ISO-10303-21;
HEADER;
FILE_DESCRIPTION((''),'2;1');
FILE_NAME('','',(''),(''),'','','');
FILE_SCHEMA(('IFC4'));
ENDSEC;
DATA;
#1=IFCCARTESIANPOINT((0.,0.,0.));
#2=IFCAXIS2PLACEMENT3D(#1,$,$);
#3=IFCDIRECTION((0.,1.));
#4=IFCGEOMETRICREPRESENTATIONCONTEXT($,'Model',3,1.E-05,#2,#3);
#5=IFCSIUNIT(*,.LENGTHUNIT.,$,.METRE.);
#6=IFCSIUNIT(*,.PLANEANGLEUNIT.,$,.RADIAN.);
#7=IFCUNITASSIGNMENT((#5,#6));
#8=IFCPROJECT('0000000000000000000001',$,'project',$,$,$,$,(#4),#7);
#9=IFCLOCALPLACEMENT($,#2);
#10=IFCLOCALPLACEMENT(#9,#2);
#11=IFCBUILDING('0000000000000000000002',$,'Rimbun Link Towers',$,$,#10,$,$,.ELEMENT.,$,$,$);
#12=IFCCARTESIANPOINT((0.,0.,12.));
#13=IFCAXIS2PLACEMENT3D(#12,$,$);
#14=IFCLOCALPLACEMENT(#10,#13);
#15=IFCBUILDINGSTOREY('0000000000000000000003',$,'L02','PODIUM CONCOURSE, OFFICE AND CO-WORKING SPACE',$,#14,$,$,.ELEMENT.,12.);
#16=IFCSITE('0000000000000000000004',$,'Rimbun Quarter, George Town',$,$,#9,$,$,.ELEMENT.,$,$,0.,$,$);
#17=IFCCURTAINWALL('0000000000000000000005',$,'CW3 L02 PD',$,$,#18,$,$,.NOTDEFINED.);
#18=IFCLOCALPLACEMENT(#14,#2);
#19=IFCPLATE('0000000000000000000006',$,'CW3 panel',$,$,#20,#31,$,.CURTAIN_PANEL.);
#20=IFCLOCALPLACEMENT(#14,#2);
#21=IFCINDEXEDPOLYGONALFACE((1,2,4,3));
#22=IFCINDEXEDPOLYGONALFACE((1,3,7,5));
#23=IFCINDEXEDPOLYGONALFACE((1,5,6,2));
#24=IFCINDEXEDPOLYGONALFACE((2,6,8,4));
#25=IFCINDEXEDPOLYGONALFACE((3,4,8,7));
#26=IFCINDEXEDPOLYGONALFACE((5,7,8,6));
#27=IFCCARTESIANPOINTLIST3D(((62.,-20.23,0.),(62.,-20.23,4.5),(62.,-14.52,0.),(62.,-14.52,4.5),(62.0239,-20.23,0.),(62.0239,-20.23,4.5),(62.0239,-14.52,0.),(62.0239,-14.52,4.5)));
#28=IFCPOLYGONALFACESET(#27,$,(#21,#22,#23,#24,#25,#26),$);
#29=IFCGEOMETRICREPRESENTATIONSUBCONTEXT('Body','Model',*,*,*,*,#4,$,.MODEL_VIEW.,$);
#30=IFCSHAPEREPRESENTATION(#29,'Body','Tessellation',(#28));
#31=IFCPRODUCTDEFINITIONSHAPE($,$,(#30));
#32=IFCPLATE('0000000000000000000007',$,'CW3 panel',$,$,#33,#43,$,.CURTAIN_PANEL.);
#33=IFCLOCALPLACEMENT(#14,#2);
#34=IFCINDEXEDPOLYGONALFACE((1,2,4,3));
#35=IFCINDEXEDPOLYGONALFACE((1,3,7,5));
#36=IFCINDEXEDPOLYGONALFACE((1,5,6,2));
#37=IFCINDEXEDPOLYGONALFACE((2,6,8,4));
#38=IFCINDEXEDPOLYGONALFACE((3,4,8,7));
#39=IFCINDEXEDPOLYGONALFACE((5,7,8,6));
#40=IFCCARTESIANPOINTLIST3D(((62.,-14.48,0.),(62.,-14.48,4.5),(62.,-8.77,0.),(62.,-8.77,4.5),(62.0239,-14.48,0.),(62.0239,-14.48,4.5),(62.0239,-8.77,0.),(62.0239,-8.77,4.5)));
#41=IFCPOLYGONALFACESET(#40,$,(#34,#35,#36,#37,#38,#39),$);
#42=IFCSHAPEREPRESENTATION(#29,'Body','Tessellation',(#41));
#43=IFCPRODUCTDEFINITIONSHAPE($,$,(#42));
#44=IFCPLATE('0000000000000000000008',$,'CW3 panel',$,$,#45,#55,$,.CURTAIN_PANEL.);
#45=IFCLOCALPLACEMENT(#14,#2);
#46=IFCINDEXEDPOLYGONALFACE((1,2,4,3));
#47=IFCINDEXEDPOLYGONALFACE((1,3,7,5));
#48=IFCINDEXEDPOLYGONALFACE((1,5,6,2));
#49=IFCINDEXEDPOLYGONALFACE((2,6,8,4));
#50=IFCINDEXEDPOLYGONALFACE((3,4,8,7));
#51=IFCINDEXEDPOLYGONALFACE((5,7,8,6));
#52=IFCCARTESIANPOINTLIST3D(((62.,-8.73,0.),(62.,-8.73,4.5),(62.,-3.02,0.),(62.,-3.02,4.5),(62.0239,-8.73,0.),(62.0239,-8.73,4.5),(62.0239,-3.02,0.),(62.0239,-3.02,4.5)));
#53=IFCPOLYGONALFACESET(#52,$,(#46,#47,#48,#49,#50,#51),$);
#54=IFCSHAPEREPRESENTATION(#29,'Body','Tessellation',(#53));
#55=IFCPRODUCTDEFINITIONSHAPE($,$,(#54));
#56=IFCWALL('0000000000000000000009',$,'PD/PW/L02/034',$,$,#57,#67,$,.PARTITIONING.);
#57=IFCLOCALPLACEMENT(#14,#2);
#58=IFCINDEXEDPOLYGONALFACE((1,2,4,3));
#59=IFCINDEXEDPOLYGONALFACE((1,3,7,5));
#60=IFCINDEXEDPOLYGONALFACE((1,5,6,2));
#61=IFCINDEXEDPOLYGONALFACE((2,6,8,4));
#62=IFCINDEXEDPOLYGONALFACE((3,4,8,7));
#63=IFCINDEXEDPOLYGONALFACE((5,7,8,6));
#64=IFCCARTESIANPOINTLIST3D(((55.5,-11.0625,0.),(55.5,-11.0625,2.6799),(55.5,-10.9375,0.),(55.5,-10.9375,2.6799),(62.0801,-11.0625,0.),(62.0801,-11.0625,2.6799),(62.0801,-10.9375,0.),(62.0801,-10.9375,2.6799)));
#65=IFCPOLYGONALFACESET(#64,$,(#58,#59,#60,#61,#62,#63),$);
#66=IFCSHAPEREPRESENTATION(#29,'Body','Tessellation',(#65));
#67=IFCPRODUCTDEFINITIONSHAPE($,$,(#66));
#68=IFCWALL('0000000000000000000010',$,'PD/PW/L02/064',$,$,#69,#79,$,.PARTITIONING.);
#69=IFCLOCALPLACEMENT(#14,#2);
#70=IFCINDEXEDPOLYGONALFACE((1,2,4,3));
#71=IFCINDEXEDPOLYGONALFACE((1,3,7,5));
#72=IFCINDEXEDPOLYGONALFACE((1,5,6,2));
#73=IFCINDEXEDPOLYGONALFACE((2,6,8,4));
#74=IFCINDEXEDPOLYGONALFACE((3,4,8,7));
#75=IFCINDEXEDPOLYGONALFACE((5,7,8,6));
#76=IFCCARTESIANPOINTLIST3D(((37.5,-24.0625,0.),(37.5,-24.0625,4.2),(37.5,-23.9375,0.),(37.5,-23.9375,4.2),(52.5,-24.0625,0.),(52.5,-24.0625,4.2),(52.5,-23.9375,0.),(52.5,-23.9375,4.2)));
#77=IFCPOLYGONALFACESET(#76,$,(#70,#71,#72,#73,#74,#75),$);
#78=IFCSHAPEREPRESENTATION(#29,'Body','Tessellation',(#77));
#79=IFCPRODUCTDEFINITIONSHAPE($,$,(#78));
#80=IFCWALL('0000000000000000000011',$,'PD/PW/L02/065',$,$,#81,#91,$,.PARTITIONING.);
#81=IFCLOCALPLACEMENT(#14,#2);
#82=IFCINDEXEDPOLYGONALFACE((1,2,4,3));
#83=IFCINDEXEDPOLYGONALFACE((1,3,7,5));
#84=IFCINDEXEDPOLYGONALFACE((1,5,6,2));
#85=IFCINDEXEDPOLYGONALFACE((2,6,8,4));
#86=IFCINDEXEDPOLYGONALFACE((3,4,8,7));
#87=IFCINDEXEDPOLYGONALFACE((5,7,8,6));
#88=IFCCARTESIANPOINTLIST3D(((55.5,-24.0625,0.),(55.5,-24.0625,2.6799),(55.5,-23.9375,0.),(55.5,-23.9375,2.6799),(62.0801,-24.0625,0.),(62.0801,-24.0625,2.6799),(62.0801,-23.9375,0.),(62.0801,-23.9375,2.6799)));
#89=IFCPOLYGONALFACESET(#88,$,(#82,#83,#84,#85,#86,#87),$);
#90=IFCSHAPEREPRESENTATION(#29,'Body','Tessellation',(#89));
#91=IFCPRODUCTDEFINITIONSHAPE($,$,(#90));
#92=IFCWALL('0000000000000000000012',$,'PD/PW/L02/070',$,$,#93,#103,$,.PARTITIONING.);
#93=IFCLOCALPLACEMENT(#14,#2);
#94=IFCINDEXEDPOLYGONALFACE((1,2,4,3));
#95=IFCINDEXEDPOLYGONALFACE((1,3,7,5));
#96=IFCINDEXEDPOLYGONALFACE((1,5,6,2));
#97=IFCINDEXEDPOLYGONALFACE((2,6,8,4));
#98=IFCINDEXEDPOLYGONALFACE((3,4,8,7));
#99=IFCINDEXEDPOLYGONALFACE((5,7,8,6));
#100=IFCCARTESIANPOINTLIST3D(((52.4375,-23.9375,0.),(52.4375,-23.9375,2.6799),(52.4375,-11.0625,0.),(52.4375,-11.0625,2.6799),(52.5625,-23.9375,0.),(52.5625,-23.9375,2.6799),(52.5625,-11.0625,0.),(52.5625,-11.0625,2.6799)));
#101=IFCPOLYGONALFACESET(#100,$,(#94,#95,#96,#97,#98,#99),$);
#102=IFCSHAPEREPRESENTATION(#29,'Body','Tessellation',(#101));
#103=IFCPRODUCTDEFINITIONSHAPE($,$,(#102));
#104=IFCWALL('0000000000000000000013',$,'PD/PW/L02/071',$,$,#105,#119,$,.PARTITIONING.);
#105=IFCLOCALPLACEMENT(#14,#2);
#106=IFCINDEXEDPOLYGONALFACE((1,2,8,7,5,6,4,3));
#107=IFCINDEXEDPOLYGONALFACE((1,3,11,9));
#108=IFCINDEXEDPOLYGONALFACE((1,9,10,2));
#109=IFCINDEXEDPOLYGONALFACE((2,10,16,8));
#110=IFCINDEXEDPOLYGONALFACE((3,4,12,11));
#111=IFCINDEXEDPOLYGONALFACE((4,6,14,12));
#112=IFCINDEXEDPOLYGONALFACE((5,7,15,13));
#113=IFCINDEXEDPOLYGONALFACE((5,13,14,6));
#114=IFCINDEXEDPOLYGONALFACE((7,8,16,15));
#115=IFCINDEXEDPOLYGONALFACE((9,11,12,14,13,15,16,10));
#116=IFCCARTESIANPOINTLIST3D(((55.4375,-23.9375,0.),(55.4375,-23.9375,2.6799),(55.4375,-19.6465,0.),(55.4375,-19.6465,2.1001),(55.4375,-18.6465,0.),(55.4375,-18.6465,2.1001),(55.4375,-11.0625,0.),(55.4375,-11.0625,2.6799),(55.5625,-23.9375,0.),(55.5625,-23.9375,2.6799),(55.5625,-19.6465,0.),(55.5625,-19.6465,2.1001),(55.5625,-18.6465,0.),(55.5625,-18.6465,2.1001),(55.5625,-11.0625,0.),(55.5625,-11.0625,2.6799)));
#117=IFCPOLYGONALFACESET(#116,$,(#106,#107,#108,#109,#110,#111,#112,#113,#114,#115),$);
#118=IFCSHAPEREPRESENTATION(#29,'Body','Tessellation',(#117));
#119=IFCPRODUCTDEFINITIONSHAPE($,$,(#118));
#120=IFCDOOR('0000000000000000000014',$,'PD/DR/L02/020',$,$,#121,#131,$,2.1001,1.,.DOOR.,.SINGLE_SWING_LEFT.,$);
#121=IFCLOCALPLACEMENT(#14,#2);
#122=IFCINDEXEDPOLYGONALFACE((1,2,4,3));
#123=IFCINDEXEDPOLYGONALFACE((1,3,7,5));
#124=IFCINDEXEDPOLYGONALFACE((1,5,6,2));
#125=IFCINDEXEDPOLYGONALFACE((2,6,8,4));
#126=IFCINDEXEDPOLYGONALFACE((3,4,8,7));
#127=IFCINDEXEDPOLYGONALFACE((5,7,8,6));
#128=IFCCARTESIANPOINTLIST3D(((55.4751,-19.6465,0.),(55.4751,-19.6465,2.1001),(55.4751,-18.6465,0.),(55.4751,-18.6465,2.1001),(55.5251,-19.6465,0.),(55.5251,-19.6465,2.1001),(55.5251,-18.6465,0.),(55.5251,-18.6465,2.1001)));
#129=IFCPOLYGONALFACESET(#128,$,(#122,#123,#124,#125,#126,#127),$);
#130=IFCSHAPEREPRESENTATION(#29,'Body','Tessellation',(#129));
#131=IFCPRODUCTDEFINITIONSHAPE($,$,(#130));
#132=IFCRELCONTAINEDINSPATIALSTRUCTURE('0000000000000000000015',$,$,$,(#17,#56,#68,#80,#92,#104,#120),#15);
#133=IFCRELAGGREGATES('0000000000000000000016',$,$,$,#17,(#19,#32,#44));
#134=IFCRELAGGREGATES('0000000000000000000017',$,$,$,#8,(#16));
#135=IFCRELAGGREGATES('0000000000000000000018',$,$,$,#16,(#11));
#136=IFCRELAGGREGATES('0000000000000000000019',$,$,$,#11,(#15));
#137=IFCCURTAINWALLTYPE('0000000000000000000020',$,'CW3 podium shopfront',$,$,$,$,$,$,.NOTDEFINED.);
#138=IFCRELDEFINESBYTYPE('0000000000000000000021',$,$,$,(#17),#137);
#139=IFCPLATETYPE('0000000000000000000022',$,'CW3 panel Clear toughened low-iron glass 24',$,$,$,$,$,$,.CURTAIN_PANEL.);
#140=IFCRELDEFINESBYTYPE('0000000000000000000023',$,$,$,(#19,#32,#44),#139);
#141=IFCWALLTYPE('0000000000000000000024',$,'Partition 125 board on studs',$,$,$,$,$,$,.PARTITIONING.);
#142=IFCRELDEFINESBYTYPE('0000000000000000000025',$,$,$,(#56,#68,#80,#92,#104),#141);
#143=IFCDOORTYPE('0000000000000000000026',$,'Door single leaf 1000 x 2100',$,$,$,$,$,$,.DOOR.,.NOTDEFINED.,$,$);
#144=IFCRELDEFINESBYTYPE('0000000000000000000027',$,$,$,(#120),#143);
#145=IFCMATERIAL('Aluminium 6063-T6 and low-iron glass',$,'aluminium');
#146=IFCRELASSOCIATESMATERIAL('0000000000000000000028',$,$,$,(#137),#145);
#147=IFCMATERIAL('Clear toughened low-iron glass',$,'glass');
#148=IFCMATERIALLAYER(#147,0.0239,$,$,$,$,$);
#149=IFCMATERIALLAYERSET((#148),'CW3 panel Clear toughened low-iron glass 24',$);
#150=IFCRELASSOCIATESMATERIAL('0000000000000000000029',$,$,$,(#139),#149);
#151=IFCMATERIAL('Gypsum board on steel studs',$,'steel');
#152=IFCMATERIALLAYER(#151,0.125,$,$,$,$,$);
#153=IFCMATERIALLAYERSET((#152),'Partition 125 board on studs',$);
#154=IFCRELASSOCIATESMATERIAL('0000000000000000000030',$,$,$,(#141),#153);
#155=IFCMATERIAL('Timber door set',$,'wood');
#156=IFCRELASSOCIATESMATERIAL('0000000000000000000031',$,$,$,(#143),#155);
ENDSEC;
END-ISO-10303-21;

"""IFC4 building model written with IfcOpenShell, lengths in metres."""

from ifc_helpers import new_model, si_unit, direction, frame, frame_2d, origin, origin_2d, place, context, subcontext, project, spatial, rectangle, extrude, material, layer, layer_set, type_object, element, fill, aggregate, save


model = new_model("IFC4")

# Units and contexts
model_context = context("Model", 3, precision=1e-05, world=origin(), true_north=direction((0.0, 1.0)))
body_context = subcontext(model_context, "Body", "Model", "MODEL_VIEW")
ifc_project = project(units=[si_unit("LENGTHUNIT", "METRE"), si_unit("PLANEANGLEUNIT", "RADIAN")], contexts=[model_context])

# Site, building, storey
site_placement = place(None, origin())
site = spatial("IfcSite", under=ifc_project, at=site_placement, Name="Rimbun Quarter, George Town", CompositionType="ELEMENT", RefElevation=0.0)
building_placement = place(site_placement, origin())
building = spatial("IfcBuilding", under=site, at=building_placement, Name="Rimbun Link Towers", CompositionType="ELEMENT")
storey_placement = place(building_placement, frame((0.0, 0.0, 12.0)))
storey = spatial("IfcBuildingStorey", under=building, at=storey_placement, Name="L02", Description="PODIUM CONCOURSE, OFFICE AND CO-WORKING SPACE", CompositionType="ELEMENT", Elevation=12.0)

# Curtain wall
ifc_material_1 = material(Name="Aluminium 6063-T6 and low-iron glass", Category="aluminium")
curtain_wall_type = type_object("IfcCurtainWallType", Name="CW3 podium shopfront", PredefinedType="NOTDEFINED", material=ifc_material_1)
curtain_wall_placement = place(storey_placement, origin())
curtain_wall = element("IfcCurtainWall", 1, at=curtain_wall_placement, inside=storey, type_object=curtain_wall_type, Name="CW3 L02 PD", PredefinedType="NOTDEFINED")

# Plates
ifc_material_2 = material(Name="Clear toughened low-iron glass", Category="glass")
ifc_layer_1 = layer(ifc_material_2, 0.0239)
ifc_layer_set_1 = layer_set([ifc_layer_1], Name="CW3 panel Clear toughened low-iron glass 24")
plate_type = type_object("IfcPlateType", Name="CW3 panel Clear toughened low-iron glass 24", PredefinedType="CURTAIN_PANEL", material=ifc_layer_set_1)
plate_1_placement = place(storey_placement, frame((62.012, -17.375, 0.0), z_axis=(0.0, 0.0, 1.0), x_axis=(0.0, -1.0, 0.0)))
plate_1 = element("IfcPlate", 2, at=plate_1_placement, type_object=plate_type, Name="CW3 panel", PredefinedType="CURTAIN_PANEL", context=body_context, shape_type="SweptSolid", body=[
    extrude(rectangle(XDim=5.71, YDim=0.0239, at=origin_2d()), origin(), (0.0, 0.0, 1.0), 4.5),
])
plate_2_placement = place(storey_placement, frame((62.012, -11.625, 0.0), z_axis=(0.0, 0.0, 1.0), x_axis=(0.0, -1.0, 0.0)))
plate_2 = element("IfcPlate", 3, at=plate_2_placement, type_object=plate_type, Name="CW3 panel", PredefinedType="CURTAIN_PANEL", context=body_context, shape_type="SweptSolid", body=[
    extrude(rectangle(XDim=5.71, YDim=0.0239, at=origin_2d()), origin(), (0.0, 0.0, 1.0), 4.5),
])
plate_3_placement = place(storey_placement, frame((62.012, -5.875, 0.0), z_axis=(0.0, 0.0, 1.0), x_axis=(0.0, -1.0, 0.0)))
plate_3 = element("IfcPlate", 4, at=plate_3_placement, type_object=plate_type, Name="CW3 panel", PredefinedType="CURTAIN_PANEL", context=body_context, shape_type="SweptSolid", body=[
    extrude(rectangle(XDim=5.71, YDim=0.0239, at=origin_2d()), origin(), (0.0, 0.0, 1.0), 4.5),
])
aggregate(curtain_wall, [plate_1, plate_2, plate_3])

# Walls
ifc_material_3 = material(Name="Gypsum board on steel studs", Category="steel")
ifc_layer_2 = layer(ifc_material_3, 0.125)
ifc_layer_set_2 = layer_set([ifc_layer_2], Name="Partition 125 board on studs")
wall_type = type_object("IfcWallType", Name="Partition 125 board on studs", PredefinedType="PARTITIONING", material=ifc_layer_set_2)
wall_1_placement = place(storey_placement, frame((55.5, -11.0, 0.0), z_axis=(0.0, 0.0, 1.0), x_axis=(1.0, 0.0, 0.0)))
element("IfcWall", 5, at=wall_1_placement, inside=storey, type_object=wall_type, Name="PD/PW/L02/034", PredefinedType="PARTITIONING", context=body_context, shape_type="SweptSolid", body=[
    extrude(rectangle(XDim=6.5801, YDim=0.125, at=frame_2d((3.29, 0.0))), origin(), (0.0, 0.0, 1.0), 2.6799),
])
wall_2_placement = place(storey_placement, frame((52.5, -24.0, 0.0), z_axis=(0.0, 0.0, 1.0), x_axis=(-1.0, 0.0, 0.0)))
element("IfcWall", 6, at=wall_2_placement, inside=storey, type_object=wall_type, Name="PD/PW/L02/064", PredefinedType="PARTITIONING", context=body_context, shape_type="SweptSolid", body=[
    extrude(rectangle(XDim=15.0, YDim=0.125, at=frame_2d((7.5, 0.0))), origin(), (0.0, 0.0, 1.0), 4.2),
])
wall_3_placement = place(storey_placement, frame((62.0801, -24.0, 0.0), z_axis=(0.0, 0.0, 1.0), x_axis=(-1.0, 0.0, 0.0)))
element("IfcWall", 7, at=wall_3_placement, inside=storey, type_object=wall_type, Name="PD/PW/L02/065", PredefinedType="PARTITIONING", context=body_context, shape_type="SweptSolid", body=[
    extrude(rectangle(XDim=6.5801, YDim=0.125, at=frame_2d((3.29, 0.0))), origin(), (0.0, 0.0, 1.0), 2.6799),
])
wall_4_placement = place(storey_placement, frame((52.5, -11.0625, 0.0), z_axis=(0.0, 0.0, 1.0), x_axis=(0.0, -1.0, 0.0)))
element("IfcWall", 8, at=wall_4_placement, inside=storey, type_object=wall_type, Name="PD/PW/L02/070", PredefinedType="PARTITIONING", context=body_context, shape_type="SweptSolid", body=[
    extrude(rectangle(XDim=12.875, YDim=0.125, at=frame_2d((6.4375, 0.0))), origin(), (0.0, 0.0, 1.0), 2.6799),
])

# Wall, opening, door
wall_5_placement = place(storey_placement, frame((55.5, -23.9375, 0.0), z_axis=(0.0, 0.0, 1.0), x_axis=(0.0, 1.0, 0.0)))
wall_5 = element("IfcWall", 9, at=wall_5_placement, inside=storey, type_object=wall_type, Name="PD/PW/L02/071", PredefinedType="PARTITIONING", context=body_context, shape_type="SweptSolid", body=[
    extrude(rectangle(XDim=12.875, YDim=0.125, at=frame_2d((6.4375, 0.0))), origin(), (0.0, 0.0, 1.0), 2.6799),
])
opening_placement = place(wall_5_placement, frame((4.291, 0.0, 0.0)))
opening = element("IfcOpeningElement", 10, at=opening_placement, cuts=wall_5, PredefinedType="OPENING", context=body_context, shape_type="SweptSolid", body=[
    extrude(rectangle(XDim=1.0, YDim=2.1001, at=frame_2d((0.5, 1.05))), frame((0.0, 0.0725, 0.0), z_axis=(0.0, -1.0, 0.0), x_axis=(1.0, 0.0, 0.0)), (0.0, 0.0, 1.0), 0.145),
])
ifc_material_4 = material(Name="Timber door set", Category="wood")
door_type = type_object("IfcDoorType", Name="Door single leaf 1000 x 2100", OperationType="NOTDEFINED", PredefinedType="DOOR", material=ifc_material_4)
door_placement = place(opening_placement, origin())
door = element("IfcDoor", 11, at=door_placement, inside=storey, type_object=door_type, Name="PD/DR/L02/020", OperationType="SINGLE_SWING_LEFT", OverallHeight=2.1001, OverallWidth=1.0, PredefinedType="DOOR", context=body_context, shape_type="SweptSolid", body=[
    extrude(rectangle(XDim=1.0, YDim=2.1001, at=frame_2d((0.5, 1.05))), frame((0.0, 0.0249, 0.0), z_axis=(0.0, -1.0, 0.0), x_axis=(1.0, 0.0, 0.0)), (0.0, 0.0, 1.0), 0.05),
])
fill(opening, door)

save(model, "model.ifc")
